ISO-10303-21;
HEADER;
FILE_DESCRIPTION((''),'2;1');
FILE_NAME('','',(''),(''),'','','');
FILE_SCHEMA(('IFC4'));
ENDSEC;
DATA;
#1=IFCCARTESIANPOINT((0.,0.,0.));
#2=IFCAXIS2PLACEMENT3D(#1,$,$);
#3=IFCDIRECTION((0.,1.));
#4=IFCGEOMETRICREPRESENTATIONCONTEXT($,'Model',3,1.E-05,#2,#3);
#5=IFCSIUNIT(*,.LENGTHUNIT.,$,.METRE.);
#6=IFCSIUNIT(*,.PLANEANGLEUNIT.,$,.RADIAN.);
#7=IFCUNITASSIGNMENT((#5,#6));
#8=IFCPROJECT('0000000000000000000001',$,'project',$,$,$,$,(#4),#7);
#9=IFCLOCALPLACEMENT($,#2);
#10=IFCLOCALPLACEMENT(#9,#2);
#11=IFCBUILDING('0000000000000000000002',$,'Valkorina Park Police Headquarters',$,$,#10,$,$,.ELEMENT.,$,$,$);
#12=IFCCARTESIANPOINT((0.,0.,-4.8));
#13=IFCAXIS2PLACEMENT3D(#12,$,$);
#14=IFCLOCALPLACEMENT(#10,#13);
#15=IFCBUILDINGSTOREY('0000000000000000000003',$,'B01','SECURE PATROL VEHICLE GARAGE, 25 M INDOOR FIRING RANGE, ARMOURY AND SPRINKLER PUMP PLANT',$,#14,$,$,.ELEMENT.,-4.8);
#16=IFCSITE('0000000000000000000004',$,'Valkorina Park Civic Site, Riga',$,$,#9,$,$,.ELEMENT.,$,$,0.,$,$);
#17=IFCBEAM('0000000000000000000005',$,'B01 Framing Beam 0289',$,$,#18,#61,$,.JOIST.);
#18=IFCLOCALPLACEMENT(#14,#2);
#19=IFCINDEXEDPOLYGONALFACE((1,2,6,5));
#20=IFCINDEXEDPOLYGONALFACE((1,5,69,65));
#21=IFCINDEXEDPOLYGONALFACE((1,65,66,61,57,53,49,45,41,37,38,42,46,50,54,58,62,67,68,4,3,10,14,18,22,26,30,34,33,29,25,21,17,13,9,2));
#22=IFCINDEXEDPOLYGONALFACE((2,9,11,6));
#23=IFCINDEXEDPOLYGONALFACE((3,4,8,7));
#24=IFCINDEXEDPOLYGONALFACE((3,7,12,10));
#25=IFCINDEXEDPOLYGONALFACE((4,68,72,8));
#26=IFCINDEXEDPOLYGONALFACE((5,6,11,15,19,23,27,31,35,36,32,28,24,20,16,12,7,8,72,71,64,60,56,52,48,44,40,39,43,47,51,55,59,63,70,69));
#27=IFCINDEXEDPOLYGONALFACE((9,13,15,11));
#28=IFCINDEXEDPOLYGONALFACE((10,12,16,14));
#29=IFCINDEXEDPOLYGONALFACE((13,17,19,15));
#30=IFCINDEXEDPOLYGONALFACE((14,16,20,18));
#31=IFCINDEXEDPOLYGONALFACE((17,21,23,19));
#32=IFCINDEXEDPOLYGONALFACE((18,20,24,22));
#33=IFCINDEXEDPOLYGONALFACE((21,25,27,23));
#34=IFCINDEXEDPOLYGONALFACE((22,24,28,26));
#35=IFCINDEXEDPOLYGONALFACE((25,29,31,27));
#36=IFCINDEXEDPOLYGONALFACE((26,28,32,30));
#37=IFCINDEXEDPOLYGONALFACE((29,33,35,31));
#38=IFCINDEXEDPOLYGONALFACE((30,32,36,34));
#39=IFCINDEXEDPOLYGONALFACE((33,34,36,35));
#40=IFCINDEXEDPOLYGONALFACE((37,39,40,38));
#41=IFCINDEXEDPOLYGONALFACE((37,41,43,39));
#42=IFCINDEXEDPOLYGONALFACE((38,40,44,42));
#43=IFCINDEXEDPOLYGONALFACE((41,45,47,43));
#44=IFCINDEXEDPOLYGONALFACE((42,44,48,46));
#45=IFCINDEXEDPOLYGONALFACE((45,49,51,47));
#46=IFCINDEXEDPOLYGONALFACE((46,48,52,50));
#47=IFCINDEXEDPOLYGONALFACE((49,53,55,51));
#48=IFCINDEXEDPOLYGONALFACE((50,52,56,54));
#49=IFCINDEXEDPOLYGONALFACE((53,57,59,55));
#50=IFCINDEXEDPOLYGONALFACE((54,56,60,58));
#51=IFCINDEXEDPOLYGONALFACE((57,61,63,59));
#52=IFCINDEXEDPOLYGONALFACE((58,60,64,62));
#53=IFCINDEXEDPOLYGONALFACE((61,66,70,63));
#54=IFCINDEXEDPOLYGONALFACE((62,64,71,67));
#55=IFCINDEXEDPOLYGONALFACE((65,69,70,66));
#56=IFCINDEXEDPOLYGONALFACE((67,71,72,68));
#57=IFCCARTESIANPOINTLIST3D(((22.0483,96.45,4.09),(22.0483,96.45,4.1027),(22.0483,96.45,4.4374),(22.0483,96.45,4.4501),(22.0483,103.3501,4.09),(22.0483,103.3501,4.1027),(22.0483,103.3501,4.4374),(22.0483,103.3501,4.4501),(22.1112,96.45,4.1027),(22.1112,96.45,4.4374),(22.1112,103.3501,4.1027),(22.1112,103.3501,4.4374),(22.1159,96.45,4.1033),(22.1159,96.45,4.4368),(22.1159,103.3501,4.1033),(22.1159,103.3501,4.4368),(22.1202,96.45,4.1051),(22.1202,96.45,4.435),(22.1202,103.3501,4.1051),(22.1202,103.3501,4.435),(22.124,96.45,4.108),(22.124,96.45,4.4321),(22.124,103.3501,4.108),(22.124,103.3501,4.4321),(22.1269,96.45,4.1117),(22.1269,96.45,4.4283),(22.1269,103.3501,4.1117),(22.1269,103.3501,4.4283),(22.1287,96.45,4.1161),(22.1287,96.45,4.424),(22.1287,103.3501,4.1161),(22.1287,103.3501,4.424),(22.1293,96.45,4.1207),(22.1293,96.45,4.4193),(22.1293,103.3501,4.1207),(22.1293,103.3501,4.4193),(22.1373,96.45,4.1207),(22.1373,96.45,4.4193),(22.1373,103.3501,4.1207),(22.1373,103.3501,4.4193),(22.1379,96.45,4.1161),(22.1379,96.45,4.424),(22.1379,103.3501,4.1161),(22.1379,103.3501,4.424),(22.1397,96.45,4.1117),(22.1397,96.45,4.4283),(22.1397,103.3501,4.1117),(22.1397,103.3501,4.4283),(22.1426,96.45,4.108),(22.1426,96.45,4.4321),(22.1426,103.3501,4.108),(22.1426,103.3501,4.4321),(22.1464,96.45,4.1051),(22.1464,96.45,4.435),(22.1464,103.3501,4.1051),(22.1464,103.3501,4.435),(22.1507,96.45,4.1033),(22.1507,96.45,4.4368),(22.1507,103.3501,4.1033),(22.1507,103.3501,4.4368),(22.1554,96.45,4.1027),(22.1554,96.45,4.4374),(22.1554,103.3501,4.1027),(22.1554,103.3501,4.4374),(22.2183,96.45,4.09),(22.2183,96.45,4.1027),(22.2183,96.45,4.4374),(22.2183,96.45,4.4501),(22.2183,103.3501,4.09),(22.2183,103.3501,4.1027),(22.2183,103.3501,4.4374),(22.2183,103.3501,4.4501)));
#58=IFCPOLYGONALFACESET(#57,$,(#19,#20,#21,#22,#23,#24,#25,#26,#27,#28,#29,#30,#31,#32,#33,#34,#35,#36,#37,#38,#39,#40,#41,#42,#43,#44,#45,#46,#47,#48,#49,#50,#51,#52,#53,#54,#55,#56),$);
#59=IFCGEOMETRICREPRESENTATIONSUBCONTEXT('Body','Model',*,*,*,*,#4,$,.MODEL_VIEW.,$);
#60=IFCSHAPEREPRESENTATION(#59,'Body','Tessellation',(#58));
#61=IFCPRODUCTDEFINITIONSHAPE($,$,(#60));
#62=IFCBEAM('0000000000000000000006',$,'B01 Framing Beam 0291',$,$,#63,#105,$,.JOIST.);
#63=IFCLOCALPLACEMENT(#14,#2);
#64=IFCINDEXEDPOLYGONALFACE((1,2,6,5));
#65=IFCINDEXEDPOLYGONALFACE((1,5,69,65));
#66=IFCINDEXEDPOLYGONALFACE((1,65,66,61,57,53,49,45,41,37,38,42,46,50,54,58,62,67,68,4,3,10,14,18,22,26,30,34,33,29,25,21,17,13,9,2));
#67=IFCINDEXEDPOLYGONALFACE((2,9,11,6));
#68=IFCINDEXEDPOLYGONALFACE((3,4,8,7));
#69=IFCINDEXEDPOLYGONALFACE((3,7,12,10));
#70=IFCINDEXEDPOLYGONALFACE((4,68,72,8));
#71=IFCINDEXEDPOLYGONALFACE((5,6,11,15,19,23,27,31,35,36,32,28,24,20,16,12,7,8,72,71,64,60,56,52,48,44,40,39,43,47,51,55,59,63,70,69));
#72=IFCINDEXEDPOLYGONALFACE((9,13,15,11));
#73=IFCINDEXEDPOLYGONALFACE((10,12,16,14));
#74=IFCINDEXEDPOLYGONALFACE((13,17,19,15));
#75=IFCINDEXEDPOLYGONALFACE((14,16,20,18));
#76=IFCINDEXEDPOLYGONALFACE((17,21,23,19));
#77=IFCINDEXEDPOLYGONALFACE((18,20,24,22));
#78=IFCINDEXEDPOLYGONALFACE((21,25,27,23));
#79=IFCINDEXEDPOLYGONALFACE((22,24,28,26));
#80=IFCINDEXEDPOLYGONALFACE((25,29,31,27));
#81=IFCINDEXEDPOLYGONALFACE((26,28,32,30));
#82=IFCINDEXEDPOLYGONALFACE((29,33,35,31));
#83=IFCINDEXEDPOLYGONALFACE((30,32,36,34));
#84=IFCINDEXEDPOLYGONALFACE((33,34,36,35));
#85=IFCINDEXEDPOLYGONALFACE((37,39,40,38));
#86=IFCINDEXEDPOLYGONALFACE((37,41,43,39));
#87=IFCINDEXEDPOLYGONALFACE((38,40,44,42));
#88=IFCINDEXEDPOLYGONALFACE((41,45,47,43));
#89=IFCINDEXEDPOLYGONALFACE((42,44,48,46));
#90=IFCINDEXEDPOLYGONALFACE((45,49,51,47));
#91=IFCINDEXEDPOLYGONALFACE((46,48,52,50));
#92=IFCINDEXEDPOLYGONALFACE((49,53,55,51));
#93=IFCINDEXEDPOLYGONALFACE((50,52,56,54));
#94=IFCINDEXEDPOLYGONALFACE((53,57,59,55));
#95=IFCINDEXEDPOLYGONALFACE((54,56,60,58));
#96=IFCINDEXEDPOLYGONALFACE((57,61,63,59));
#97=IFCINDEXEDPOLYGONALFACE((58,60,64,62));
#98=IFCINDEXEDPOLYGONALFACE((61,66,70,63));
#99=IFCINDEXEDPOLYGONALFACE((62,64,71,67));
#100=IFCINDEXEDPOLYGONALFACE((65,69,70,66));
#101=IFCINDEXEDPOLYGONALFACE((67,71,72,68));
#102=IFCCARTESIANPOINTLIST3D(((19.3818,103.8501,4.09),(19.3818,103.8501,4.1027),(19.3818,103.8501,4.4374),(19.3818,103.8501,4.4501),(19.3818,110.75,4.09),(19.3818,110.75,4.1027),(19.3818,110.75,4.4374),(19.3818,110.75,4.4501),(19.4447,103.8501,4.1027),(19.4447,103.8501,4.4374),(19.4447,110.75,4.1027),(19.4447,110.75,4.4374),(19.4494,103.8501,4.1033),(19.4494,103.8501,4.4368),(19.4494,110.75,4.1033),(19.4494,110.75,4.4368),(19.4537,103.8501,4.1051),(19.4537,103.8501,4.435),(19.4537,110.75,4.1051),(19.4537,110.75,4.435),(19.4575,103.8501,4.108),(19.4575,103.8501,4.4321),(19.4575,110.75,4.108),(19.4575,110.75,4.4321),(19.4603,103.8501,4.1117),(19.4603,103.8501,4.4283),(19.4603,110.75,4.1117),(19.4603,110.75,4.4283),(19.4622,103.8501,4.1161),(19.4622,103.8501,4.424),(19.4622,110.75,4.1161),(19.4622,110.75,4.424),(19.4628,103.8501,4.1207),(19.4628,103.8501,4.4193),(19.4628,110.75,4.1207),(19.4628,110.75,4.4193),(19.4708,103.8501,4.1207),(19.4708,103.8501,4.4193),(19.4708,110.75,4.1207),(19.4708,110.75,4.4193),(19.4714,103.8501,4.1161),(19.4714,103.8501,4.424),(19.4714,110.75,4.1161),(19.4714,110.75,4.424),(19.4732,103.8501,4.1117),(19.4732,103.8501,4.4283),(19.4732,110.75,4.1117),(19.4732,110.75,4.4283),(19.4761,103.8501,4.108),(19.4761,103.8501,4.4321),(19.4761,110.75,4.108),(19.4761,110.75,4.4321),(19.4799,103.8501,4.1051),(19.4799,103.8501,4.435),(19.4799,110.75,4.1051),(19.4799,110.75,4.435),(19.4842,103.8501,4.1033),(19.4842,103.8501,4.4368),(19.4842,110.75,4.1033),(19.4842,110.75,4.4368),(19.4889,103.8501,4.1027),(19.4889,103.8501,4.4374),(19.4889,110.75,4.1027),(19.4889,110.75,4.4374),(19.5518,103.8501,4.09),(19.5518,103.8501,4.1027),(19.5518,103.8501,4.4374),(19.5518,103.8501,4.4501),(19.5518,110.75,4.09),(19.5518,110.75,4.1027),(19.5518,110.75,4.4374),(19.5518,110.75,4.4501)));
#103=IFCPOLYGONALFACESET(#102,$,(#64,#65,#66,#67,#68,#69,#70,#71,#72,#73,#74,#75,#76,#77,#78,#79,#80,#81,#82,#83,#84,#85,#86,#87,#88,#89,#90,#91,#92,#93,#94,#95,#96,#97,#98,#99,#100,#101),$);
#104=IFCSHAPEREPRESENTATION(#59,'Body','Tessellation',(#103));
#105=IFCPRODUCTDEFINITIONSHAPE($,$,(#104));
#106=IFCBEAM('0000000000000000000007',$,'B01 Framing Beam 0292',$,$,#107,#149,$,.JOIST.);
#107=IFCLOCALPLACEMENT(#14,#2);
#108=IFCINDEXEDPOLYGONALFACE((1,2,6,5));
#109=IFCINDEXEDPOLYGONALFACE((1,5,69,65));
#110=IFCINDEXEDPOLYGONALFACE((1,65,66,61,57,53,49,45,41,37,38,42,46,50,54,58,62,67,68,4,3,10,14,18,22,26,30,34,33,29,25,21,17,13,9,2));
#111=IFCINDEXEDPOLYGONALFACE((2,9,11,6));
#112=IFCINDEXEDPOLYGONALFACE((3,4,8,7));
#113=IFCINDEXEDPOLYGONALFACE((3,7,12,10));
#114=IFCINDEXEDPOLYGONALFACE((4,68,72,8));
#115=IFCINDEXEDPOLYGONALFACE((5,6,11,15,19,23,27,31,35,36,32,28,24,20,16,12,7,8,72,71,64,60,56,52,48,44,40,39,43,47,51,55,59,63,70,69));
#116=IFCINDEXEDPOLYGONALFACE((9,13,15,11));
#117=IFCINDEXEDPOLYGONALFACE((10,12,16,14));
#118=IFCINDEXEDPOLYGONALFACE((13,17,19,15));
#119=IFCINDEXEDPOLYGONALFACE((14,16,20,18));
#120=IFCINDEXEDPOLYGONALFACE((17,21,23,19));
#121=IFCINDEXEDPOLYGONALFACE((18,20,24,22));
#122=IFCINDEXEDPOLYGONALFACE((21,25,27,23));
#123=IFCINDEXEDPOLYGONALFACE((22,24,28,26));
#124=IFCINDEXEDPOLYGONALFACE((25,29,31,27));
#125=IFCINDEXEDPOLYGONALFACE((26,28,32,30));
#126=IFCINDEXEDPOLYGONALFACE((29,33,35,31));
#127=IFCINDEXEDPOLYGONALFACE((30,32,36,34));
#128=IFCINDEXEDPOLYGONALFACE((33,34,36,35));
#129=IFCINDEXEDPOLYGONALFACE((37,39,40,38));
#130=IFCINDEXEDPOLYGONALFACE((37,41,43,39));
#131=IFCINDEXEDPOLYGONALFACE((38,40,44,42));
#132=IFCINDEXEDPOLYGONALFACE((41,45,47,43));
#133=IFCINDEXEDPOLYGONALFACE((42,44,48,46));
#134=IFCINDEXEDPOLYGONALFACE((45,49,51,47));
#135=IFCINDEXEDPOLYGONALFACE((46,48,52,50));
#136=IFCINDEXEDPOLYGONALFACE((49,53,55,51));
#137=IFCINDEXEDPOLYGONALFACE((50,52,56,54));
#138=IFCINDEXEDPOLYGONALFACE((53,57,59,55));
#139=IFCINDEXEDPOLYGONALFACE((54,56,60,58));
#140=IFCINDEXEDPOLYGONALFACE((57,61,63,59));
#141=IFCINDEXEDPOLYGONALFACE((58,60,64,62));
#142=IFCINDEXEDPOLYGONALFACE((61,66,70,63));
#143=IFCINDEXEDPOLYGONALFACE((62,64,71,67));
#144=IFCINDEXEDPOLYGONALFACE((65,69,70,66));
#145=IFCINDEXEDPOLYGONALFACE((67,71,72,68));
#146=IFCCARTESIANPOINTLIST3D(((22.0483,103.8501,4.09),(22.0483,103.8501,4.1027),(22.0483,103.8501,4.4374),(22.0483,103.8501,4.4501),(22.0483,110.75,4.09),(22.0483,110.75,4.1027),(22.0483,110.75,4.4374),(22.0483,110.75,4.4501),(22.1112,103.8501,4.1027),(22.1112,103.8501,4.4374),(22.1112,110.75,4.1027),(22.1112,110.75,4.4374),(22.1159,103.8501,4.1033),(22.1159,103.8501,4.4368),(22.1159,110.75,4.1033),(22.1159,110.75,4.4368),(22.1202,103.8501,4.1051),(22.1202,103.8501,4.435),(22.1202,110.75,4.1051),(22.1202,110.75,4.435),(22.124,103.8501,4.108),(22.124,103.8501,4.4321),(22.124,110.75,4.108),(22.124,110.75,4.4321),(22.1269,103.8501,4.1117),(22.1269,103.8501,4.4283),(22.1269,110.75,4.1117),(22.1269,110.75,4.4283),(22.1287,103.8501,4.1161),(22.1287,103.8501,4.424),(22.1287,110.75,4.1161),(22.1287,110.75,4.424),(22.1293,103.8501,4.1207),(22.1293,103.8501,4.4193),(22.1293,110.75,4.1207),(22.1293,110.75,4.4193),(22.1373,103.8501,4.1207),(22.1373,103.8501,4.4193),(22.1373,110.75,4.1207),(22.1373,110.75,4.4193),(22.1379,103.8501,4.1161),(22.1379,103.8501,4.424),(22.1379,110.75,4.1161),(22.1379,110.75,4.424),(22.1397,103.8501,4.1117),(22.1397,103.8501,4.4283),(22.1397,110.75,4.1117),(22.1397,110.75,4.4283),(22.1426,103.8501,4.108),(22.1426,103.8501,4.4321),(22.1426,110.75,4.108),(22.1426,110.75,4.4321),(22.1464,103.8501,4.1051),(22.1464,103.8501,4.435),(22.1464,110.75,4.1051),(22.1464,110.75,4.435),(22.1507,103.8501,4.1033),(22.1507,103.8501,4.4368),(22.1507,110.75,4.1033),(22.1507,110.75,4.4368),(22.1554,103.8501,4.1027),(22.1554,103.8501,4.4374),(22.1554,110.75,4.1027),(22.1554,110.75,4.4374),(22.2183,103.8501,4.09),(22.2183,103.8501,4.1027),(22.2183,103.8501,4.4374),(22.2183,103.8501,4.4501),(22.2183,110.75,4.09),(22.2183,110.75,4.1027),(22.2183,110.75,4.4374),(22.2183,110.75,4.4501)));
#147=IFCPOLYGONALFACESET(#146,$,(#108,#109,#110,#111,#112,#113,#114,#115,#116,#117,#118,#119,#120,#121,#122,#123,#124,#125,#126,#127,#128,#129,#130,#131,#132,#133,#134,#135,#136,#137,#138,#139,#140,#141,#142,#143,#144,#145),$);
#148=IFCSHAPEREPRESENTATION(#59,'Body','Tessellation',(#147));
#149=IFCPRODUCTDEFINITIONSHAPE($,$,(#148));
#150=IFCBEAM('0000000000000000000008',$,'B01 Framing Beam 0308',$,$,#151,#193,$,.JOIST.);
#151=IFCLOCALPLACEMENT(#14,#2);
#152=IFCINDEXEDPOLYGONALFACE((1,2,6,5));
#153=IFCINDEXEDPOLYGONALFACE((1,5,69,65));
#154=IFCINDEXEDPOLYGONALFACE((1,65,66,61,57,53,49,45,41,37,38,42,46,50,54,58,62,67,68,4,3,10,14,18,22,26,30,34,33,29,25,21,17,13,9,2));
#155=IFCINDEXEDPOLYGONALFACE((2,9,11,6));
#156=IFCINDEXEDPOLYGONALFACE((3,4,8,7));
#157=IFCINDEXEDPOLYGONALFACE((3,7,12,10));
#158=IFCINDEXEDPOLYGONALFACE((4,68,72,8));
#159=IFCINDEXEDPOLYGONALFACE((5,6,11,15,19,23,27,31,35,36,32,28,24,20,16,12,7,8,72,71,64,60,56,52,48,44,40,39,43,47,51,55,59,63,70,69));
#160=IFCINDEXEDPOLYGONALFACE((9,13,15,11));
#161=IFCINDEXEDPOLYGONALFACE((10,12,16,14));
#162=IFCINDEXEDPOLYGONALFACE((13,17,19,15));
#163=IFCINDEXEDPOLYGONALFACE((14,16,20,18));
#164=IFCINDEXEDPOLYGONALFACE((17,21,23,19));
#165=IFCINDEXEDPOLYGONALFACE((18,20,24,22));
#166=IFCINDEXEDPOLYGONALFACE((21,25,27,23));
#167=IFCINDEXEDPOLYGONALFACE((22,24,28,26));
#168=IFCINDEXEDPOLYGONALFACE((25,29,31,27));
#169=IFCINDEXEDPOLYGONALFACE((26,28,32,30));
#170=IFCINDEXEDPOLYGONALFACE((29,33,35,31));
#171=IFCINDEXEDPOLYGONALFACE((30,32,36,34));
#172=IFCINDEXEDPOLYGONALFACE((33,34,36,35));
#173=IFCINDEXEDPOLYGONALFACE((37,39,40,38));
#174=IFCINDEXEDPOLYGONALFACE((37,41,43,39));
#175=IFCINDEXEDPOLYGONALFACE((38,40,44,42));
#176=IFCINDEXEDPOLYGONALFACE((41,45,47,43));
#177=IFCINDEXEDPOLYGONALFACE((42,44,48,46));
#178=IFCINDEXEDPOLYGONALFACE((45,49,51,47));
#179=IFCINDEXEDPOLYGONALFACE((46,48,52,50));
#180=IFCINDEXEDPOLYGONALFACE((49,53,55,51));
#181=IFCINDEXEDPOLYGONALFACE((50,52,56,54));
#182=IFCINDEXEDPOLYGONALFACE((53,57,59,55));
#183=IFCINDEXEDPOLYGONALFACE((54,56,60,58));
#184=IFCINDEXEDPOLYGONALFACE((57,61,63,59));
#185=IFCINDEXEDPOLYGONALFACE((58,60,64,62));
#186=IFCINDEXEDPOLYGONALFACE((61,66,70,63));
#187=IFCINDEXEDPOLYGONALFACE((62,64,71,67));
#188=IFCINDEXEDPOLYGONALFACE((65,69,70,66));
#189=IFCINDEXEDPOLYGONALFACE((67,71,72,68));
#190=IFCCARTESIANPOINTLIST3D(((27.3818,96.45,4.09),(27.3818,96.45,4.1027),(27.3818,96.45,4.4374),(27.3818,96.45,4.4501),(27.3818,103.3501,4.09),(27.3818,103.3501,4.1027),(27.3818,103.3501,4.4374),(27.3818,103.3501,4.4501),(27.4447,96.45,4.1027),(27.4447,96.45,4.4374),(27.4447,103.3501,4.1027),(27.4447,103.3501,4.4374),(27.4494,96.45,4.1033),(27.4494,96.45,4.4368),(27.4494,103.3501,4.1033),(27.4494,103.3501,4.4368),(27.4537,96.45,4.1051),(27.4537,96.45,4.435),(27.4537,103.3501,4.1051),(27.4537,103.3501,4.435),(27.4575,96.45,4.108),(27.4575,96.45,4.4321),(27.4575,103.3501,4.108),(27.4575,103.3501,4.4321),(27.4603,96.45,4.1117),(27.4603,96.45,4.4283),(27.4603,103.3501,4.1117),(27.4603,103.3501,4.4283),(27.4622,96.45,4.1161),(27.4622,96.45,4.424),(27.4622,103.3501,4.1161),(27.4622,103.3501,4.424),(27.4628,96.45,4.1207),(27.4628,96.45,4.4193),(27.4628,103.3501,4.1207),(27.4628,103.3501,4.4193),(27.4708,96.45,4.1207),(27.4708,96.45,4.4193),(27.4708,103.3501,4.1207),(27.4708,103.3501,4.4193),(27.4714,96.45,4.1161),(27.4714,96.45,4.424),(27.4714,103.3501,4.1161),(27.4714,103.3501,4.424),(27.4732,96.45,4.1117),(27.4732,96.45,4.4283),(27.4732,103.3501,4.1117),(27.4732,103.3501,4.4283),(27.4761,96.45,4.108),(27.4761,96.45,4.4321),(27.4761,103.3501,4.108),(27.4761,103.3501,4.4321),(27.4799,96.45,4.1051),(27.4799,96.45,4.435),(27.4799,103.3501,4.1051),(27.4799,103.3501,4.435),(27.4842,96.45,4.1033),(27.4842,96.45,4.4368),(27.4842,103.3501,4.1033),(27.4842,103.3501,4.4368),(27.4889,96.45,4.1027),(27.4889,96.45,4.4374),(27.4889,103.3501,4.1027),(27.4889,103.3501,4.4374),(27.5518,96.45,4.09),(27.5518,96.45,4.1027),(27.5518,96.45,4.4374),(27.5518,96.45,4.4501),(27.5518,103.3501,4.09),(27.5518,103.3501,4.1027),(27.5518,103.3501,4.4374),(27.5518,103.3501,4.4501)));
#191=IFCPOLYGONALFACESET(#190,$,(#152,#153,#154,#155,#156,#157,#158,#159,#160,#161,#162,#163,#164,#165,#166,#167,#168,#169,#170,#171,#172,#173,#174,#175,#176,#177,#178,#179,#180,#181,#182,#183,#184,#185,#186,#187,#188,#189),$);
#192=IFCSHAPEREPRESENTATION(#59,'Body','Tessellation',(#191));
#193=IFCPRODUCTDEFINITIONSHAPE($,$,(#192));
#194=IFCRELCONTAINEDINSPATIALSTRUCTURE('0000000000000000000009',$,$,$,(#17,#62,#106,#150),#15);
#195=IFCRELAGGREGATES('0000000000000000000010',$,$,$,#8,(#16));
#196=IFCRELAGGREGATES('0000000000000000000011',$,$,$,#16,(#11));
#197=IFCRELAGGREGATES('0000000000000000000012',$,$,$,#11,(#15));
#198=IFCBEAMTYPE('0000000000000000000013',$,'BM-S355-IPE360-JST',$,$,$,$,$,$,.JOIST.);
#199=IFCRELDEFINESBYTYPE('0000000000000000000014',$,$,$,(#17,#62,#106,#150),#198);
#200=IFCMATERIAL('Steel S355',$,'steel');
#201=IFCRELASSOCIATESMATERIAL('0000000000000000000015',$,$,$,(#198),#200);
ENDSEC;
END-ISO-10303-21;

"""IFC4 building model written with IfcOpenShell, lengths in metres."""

from ifc_helpers import new_model, si_unit, direction, frame, origin, origin_2d, place, context, subcontext, project, spatial, i_section, extrude, material, material_profile, profile_set, type_object, element, save


model = new_model("IFC4")

# Units and contexts
model_context = context("Model", 3, precision=1e-05, world=origin(), true_north=direction((0.0, 1.0)))
body_context = subcontext(model_context, "Body", "Model", "MODEL_VIEW")
ifc_project = project(units=[si_unit("LENGTHUNIT", "METRE"), si_unit("PLANEANGLEUNIT", "RADIAN")], contexts=[model_context])

# Site, building, storey
site_placement = place(None, origin())
site = spatial("IfcSite", under=ifc_project, at=site_placement, Name="Valkorina Park Civic Site, Riga", CompositionType="ELEMENT", RefElevation=0.0)
building_placement = place(site_placement, origin())
building = spatial("IfcBuilding", under=site, at=building_placement, Name="Valkorina Park Police Headquarters", CompositionType="ELEMENT")
storey_placement = place(building_placement, frame((0.0, 0.0, -4.8)))
storey = spatial("IfcBuildingStorey", under=building, at=storey_placement, Name="B01", Description="SECURE PATROL VEHICLE GARAGE, 25 M INDOOR FIRING RANGE, ARMOURY AND SPRINKLER PUMP PLANT", CompositionType="ELEMENT", Elevation=-4.8)

# Beams
ifc_material_1 = material(Name="Steel S355", Category="steel")
ifc_material_profile_1 = material_profile(ifc_material_1, i_section(OverallWidth=0.1699, OverallDepth=0.3601, WebThickness=0.0081, FlangeThickness=0.0127, FilletRadius=0.0181, at=origin_2d()), Name="IPE 360")
ifc_profile_set_1 = profile_set([ifc_material_profile_1], Name="Steel S355")
beam_type_1 = type_object("IfcBeamType", Name="BM-S355-IPE360-JST", PredefinedType="JOIST", material=ifc_profile_set_1)
beam_placement = place(storey_placement, frame((22.1333, 96.45, 4.27), z_axis=(0.0, 1.0, 0.0), x_axis=(-1.0, 0.0, 0.0)))
element("IfcBeam", 1, at=beam_placement, inside=storey, type_object=beam_type_1, Name="B01 Framing Beam 0289", PredefinedType="JOIST", context=body_context, shape_type="SweptSolid", body=[
    extrude(i_section(OverallWidth=0.1699, OverallDepth=0.3601, WebThickness=0.0081, FlangeThickness=0.0127, FilletRadius=0.0181, at=origin_2d()), origin(), (0.0, 0.0, 1.0), 6.9001),
])
for number, where, z_axis, x_axis, name in (
    (2, (19.4668, 103.8501, 4.27), (0.0, 1.0, 0.0), (-1.0, 0.0, 0.0), "B01 Framing Beam 0291"),
    (3, (22.1333, 103.8501, 4.27), (0.0, 1.0, 0.0), (-1.0, 0.0, 0.0), "B01 Framing Beam 0292"),
):
    element("IfcBeam", number, at=place(storey_placement, frame(where, z_axis=z_axis, x_axis=x_axis)), inside=storey, type_object=beam_type_1, Name=name, PredefinedType="JOIST", context=body_context, shape_type="SweptSolid", body=[
        extrude(i_section(OverallWidth=0.1699, OverallDepth=0.3601, WebThickness=0.0081, FlangeThickness=0.0127, FilletRadius=0.0181, at=origin_2d()), origin(), (0.0, 0.0, 1.0), 6.8999),
    ])
for number, where, z_axis, x_axis, name in (
    (4, (27.4668, 96.45, 4.27), (0.0, 1.0, 0.0), (-1.0, 0.0, 0.0), "B01 Framing Beam 0308"),
):
    element("IfcBeam", number, at=place(storey_placement, frame(where, z_axis=z_axis, x_axis=x_axis)), inside=storey, type_object=beam_type_1, Name=name, PredefinedType="JOIST", context=body_context, shape_type="SweptSolid", body=[
        extrude(i_section(OverallWidth=0.1699, OverallDepth=0.3601, WebThickness=0.0081, FlangeThickness=0.0127, FilletRadius=0.0181, at=origin_2d()), origin(), (0.0, 0.0, 1.0), 6.9001),
    ])

save(model, "model.ifc")
